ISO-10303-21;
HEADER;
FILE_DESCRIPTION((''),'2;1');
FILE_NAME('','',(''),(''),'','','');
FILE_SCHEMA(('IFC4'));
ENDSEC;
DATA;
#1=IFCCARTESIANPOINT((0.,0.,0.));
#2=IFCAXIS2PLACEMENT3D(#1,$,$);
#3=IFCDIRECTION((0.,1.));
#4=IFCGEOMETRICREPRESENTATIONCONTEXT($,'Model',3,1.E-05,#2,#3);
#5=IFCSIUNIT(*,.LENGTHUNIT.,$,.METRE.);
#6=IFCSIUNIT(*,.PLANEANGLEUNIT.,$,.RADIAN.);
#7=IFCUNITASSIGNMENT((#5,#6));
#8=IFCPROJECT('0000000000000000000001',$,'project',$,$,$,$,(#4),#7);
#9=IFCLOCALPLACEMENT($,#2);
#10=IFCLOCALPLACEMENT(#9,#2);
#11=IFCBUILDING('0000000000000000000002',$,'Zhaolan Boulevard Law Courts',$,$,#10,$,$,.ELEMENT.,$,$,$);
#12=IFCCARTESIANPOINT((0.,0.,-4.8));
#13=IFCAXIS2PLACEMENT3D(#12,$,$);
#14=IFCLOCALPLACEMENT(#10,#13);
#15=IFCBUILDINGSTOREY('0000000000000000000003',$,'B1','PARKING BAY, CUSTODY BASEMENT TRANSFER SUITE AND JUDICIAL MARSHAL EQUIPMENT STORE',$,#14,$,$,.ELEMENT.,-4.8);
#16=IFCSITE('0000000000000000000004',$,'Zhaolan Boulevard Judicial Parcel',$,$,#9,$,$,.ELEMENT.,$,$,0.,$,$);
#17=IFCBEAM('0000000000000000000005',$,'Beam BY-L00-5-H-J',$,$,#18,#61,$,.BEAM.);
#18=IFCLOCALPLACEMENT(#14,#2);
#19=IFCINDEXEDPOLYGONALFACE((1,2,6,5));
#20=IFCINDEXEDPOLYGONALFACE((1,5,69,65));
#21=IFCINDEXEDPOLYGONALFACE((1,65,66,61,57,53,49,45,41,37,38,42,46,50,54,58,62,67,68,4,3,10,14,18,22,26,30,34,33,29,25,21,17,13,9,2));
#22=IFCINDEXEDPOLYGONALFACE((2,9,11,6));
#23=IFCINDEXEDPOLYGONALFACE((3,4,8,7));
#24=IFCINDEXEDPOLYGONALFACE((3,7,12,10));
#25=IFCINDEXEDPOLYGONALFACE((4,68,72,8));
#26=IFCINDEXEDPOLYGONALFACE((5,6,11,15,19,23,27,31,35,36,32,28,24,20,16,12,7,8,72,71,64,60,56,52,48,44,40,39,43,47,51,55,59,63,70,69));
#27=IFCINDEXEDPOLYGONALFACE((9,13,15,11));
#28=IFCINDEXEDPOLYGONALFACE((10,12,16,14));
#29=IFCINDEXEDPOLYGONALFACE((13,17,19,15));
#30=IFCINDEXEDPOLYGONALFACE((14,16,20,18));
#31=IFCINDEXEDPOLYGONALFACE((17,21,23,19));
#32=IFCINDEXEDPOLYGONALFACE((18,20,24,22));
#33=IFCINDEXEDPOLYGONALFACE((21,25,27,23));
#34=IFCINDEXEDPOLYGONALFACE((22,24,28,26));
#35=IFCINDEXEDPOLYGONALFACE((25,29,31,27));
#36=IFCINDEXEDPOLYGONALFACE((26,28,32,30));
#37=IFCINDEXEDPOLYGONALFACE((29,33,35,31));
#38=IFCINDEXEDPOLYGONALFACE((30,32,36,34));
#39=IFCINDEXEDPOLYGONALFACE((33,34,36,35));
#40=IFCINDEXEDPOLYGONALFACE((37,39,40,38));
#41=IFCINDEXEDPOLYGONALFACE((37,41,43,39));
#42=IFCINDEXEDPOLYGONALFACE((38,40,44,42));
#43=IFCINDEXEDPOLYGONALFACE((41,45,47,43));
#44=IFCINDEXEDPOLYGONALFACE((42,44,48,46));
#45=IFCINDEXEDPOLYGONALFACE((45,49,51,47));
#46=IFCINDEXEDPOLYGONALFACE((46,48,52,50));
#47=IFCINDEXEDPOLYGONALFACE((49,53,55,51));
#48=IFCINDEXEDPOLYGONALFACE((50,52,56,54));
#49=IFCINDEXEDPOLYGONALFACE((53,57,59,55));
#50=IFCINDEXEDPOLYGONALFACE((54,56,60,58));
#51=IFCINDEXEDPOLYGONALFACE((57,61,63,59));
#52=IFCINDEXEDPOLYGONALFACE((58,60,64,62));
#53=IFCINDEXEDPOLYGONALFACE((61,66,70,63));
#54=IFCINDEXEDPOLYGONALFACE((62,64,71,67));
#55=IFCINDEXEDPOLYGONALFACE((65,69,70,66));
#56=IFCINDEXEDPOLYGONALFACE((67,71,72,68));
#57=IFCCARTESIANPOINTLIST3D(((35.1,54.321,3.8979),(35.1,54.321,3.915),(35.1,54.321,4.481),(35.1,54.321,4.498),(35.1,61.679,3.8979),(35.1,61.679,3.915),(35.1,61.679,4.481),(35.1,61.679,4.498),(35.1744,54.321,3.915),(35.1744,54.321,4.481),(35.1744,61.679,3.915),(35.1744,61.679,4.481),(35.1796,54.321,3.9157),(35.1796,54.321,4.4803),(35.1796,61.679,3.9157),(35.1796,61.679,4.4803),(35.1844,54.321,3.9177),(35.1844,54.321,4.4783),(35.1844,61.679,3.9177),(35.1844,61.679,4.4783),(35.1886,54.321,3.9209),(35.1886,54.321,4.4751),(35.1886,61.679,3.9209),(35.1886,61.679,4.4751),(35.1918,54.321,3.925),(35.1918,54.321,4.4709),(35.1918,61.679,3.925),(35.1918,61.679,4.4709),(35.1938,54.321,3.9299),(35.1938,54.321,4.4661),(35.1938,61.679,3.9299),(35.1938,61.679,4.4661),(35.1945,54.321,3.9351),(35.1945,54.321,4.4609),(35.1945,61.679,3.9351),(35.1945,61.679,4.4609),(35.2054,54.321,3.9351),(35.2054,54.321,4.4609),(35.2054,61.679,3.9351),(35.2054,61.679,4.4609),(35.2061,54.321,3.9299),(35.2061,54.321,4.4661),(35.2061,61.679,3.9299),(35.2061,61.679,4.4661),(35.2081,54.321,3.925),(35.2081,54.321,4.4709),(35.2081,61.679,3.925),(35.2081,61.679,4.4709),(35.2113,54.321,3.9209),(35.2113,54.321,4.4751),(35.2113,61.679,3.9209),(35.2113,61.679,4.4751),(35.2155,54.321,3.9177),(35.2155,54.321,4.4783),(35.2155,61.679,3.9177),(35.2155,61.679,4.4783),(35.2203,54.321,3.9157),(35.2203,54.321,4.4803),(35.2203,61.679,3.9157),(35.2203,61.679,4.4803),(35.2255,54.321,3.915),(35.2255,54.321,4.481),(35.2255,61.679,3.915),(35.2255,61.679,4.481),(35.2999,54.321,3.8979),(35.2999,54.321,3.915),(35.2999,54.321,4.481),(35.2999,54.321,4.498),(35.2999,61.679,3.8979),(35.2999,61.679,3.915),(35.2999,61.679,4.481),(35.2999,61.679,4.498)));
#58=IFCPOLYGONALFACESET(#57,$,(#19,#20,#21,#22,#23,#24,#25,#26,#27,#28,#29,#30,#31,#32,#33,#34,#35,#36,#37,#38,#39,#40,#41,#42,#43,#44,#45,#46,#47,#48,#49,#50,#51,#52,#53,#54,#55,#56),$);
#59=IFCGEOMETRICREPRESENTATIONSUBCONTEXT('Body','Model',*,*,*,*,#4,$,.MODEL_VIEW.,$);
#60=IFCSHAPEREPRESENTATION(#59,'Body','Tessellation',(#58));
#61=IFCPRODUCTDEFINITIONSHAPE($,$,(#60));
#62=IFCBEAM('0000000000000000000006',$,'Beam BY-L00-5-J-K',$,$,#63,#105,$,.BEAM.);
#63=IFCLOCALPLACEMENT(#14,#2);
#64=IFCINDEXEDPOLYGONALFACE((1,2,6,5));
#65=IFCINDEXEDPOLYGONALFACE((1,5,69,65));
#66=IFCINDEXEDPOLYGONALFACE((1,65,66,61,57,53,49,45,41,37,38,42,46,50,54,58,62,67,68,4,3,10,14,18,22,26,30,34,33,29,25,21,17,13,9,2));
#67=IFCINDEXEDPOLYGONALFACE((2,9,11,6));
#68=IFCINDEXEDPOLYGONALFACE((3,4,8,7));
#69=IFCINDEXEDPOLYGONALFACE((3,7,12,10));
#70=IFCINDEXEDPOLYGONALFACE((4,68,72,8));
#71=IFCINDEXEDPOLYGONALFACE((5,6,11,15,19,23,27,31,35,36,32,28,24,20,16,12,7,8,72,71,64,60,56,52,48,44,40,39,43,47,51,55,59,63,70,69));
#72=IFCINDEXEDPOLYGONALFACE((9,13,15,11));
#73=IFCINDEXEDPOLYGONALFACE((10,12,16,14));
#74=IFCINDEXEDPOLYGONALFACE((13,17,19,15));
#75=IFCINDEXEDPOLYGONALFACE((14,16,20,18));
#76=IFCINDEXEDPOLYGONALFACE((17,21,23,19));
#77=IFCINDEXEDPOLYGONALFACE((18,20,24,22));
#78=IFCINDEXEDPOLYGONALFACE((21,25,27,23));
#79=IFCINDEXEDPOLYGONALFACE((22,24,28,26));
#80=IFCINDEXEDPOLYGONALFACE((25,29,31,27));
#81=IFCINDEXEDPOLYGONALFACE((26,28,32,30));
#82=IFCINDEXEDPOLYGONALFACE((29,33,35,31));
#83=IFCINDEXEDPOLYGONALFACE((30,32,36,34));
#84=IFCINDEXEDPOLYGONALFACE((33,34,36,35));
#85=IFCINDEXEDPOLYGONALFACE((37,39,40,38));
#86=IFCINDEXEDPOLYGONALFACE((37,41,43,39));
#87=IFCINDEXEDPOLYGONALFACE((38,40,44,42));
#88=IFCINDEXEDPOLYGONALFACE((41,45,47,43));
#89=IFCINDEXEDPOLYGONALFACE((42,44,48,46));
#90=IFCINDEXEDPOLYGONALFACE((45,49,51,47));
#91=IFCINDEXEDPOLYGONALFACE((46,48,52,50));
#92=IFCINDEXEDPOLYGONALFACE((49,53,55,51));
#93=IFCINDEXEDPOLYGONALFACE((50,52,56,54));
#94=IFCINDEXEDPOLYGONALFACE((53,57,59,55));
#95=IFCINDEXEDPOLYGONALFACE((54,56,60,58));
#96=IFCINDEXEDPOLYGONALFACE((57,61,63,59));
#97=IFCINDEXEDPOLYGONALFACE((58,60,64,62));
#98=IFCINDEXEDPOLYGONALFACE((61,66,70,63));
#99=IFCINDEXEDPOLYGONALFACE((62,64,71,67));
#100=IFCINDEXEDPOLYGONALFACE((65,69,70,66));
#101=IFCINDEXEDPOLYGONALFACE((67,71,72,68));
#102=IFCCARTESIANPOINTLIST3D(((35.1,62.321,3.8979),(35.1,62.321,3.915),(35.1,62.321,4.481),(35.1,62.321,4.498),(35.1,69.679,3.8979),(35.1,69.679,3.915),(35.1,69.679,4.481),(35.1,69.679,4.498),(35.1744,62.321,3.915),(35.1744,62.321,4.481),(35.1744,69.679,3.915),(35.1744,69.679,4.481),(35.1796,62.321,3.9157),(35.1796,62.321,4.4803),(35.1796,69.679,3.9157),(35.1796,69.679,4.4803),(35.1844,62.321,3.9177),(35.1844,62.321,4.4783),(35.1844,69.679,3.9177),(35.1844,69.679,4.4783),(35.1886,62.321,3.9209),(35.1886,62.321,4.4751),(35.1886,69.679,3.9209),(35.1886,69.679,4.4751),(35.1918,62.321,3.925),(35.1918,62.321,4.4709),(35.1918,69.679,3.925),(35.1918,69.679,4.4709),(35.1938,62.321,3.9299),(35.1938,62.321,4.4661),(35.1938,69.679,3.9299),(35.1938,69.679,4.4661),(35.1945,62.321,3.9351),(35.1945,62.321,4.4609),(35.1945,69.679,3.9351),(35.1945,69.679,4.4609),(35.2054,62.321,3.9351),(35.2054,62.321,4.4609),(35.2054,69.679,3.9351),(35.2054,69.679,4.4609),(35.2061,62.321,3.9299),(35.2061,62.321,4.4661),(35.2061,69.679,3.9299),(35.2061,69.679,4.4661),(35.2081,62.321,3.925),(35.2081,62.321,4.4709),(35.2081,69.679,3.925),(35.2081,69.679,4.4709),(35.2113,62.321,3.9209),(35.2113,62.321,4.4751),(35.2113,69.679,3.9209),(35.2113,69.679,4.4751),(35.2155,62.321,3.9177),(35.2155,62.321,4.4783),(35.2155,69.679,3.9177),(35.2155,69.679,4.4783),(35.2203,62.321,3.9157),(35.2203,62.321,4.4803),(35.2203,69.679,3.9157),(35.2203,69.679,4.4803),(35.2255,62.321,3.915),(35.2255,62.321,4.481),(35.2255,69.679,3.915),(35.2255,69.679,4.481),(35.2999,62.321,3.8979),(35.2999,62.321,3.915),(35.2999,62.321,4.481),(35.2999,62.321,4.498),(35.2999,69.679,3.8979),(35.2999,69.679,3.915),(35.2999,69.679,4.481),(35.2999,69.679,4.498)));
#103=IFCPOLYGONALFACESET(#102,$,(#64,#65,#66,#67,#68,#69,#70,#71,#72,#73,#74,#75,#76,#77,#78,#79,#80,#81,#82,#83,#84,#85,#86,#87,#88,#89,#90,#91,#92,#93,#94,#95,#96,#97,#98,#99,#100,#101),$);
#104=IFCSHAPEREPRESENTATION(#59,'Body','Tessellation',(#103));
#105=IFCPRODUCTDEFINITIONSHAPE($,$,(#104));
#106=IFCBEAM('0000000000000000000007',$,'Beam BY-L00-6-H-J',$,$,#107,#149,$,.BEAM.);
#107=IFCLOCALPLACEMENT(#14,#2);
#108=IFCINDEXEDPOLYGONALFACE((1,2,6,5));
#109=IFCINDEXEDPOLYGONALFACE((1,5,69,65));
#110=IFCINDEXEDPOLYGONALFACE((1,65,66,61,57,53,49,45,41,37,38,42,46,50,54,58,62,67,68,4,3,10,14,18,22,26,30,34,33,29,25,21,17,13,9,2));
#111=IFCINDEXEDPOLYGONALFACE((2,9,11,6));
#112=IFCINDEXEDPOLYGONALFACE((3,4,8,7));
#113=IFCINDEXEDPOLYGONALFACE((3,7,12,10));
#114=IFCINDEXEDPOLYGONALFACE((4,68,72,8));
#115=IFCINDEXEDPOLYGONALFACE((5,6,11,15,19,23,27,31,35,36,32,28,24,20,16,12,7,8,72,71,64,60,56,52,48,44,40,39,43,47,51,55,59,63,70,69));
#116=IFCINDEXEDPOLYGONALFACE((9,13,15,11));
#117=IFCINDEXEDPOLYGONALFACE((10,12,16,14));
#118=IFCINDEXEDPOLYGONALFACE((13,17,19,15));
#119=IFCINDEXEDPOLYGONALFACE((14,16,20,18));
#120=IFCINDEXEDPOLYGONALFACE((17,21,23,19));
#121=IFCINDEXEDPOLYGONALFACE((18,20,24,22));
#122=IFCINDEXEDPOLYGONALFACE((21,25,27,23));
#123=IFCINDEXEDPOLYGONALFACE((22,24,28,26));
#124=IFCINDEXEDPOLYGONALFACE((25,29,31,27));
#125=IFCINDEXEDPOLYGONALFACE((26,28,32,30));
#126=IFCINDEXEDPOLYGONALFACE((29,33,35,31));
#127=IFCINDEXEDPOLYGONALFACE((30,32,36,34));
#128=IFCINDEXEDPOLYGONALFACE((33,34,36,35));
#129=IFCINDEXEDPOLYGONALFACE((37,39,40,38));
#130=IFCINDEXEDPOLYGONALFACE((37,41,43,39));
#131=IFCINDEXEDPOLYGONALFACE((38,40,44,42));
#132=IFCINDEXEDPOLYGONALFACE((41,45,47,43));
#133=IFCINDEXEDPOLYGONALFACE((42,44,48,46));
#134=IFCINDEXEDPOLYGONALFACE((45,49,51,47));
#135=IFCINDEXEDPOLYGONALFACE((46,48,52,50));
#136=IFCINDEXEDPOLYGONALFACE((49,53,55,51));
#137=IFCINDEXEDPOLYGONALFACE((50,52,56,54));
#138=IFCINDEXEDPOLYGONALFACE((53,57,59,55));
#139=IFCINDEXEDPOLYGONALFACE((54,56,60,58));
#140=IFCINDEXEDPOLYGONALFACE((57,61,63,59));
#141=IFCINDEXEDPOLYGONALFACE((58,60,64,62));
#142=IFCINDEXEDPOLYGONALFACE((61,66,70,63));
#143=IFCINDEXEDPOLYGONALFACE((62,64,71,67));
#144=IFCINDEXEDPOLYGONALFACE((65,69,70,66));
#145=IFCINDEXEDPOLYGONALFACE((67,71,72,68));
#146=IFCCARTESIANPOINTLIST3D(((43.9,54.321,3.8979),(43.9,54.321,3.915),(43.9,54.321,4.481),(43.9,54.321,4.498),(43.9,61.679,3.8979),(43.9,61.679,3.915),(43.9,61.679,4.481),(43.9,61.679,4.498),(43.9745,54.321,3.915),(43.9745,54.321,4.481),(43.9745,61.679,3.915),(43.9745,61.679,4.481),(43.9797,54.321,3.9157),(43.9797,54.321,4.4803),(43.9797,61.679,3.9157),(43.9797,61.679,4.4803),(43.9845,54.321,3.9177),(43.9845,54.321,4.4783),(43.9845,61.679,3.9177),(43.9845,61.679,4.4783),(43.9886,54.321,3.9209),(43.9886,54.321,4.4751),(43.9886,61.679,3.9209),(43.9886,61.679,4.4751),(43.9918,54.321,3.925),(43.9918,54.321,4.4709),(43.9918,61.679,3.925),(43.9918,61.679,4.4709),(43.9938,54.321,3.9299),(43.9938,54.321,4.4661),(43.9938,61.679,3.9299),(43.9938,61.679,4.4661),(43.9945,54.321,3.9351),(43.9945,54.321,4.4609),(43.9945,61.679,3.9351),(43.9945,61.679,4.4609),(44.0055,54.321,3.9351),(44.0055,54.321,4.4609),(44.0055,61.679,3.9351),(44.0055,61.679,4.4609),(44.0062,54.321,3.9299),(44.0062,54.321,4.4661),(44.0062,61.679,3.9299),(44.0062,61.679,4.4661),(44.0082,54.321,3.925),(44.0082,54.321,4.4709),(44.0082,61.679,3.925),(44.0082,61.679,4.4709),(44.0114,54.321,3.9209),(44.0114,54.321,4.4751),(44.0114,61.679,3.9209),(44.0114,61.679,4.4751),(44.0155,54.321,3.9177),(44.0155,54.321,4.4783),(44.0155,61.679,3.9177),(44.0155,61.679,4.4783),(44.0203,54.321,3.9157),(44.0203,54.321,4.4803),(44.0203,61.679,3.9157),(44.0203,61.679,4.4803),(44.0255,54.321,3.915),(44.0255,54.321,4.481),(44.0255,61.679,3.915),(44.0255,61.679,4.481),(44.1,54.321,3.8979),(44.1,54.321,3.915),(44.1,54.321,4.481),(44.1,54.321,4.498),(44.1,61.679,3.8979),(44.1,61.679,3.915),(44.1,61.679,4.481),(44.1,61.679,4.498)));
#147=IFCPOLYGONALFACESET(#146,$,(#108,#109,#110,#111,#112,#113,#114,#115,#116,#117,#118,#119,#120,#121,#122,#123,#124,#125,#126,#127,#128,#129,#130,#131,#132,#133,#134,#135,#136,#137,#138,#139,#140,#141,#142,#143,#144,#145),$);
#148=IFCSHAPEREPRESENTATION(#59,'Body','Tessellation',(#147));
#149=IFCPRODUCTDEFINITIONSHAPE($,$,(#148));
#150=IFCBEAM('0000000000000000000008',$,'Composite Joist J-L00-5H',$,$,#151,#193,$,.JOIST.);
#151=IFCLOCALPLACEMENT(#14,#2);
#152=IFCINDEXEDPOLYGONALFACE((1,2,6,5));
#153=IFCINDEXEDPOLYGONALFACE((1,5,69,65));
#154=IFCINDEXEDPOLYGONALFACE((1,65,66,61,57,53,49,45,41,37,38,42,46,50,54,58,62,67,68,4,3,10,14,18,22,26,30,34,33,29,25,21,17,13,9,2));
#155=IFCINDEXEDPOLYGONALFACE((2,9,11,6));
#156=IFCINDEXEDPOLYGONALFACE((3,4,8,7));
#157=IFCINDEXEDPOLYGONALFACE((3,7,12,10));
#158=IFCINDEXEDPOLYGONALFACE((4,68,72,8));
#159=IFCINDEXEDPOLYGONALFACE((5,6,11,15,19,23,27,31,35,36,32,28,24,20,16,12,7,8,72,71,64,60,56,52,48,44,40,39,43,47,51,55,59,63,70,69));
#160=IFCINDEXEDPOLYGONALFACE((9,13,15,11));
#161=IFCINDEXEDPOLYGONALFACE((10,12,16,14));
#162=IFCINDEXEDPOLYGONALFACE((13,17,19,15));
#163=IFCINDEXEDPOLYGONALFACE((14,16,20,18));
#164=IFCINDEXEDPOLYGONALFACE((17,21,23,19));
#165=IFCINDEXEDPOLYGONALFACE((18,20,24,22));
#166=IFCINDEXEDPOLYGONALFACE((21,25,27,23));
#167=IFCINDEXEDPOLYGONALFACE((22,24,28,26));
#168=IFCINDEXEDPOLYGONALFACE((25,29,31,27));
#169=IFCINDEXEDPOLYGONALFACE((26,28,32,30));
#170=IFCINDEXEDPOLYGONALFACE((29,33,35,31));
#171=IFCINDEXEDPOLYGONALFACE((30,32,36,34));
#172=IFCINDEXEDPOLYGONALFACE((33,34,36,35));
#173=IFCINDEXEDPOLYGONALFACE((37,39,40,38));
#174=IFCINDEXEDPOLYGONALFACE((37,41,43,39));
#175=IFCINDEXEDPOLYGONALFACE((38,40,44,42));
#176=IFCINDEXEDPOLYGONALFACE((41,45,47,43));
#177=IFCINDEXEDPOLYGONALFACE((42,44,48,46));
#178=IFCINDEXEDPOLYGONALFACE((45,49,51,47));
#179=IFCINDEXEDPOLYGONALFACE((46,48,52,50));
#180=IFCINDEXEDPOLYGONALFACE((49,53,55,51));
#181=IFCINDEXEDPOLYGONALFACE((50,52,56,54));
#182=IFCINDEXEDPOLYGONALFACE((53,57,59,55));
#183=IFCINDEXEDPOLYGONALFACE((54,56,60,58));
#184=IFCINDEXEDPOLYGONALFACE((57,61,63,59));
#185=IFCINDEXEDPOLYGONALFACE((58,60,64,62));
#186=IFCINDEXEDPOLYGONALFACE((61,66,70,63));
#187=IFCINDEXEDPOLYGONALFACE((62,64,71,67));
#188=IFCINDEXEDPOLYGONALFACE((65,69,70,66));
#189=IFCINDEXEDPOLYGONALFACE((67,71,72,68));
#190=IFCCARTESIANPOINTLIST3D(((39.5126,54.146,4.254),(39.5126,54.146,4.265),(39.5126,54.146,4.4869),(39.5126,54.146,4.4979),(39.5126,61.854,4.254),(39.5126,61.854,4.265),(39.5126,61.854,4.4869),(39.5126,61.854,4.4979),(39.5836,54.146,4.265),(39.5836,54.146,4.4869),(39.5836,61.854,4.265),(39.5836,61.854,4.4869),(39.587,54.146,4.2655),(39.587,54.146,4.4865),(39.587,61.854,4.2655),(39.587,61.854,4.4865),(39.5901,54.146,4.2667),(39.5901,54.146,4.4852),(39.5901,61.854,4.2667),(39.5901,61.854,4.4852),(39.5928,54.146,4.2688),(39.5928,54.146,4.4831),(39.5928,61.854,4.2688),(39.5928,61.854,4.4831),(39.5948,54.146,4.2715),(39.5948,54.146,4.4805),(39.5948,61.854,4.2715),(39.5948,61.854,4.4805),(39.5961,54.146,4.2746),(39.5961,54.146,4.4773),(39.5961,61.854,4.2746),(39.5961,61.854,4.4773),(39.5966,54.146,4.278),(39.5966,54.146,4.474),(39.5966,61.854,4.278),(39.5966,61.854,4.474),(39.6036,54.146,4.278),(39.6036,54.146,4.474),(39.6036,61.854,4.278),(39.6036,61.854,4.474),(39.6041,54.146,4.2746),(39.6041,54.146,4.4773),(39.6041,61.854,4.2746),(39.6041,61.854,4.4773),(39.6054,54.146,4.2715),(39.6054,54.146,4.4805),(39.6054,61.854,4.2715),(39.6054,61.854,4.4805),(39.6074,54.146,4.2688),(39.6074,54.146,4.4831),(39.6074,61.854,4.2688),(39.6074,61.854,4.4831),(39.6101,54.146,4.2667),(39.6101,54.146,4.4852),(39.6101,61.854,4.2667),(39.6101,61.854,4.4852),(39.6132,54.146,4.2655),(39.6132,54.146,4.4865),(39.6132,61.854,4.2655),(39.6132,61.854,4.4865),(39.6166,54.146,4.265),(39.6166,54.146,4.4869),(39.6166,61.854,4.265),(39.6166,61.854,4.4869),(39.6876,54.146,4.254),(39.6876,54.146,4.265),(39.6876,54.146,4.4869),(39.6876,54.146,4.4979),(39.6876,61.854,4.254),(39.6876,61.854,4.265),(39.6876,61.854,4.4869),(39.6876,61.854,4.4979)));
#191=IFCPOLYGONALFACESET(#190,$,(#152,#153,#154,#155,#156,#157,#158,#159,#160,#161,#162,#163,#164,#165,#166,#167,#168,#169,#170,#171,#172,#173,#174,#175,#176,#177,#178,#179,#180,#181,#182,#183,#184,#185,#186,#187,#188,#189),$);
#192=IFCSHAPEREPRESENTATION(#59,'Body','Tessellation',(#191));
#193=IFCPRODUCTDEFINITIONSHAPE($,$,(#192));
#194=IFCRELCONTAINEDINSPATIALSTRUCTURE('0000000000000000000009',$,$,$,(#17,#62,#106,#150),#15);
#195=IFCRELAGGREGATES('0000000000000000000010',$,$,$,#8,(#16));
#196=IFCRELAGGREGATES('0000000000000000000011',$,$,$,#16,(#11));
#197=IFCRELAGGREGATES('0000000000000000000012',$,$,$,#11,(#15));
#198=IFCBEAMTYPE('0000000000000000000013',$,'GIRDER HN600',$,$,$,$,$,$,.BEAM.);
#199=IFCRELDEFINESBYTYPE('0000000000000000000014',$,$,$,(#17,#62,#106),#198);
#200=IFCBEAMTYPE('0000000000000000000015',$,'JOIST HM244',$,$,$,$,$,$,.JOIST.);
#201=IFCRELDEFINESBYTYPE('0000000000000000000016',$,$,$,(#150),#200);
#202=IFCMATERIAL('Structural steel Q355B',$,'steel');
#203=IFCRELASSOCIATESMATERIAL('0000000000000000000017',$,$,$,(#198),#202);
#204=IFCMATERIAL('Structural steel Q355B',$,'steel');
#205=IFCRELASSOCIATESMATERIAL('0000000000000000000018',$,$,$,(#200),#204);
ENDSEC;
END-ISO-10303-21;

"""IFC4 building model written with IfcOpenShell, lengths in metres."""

from ifc_helpers import new_model, si_unit, direction, frame, origin, origin_2d, place, context, subcontext, project, spatial, i_section, extrude, material, material_profile, profile_set, type_object, element, save


model = new_model("IFC4")

# Units and contexts
model_context = context("Model", 3, precision=1e-05, world=origin(), true_north=direction((0.0, 1.0)))
body_context = subcontext(model_context, "Body", "Model", "MODEL_VIEW")
ifc_project = project(units=[si_unit("LENGTHUNIT", "METRE"), si_unit("PLANEANGLEUNIT", "RADIAN")], contexts=[model_context])

# Site, building, storey
site_placement = place(None, origin())
site = spatial("IfcSite", under=ifc_project, at=site_placement, Name="Zhaolan Boulevard Judicial Parcel", CompositionType="ELEMENT", RefElevation=0.0)
building_placement = place(site_placement, origin())
building = spatial("IfcBuilding", under=site, at=building_placement, Name="Zhaolan Boulevard Law Courts", CompositionType="ELEMENT")
storey_placement = place(building_placement, frame((0.0, 0.0, -4.8)))
storey = spatial("IfcBuildingStorey", under=building, at=storey_placement, Name="B1", Description="PARKING BAY, CUSTODY BASEMENT TRANSFER SUITE AND JUDICIAL MARSHAL EQUIPMENT STORE", CompositionType="ELEMENT", Elevation=-4.8)

# Beams
ifc_material_1 = material(Name="Structural steel Q355B", Category="steel")
ifc_material_profile_1 = material_profile(ifc_material_1, i_section(OverallWidth=0.2, OverallDepth=0.6001, WebThickness=0.011, FlangeThickness=0.0171, FilletRadius=0.02, at=origin_2d()), Name="HN600x200")
ifc_profile_set_1 = profile_set([ifc_material_profile_1], Name="Structural steel Q355B")
beam_type_1 = type_object("IfcBeamType", Name="GIRDER HN600", PredefinedType="BEAM", material=ifc_profile_set_1)
for number, where, z_axis, x_axis, name in (
    (1, (35.2, 54.321, 4.198), (0.0, 1.0, 0.0), (-1.0, 0.0, 0.0), "Beam BY-L00-5-H-J"),
    (2, (35.2, 62.321, 4.198), (0.0, 1.0, 0.0), (-1.0, 0.0, 0.0), "Beam BY-L00-5-J-K"),
    (3, (44.0, 54.321, 4.198), (0.0, 1.0, 0.0), (-1.0, 0.0, 0.0), "Beam BY-L00-6-H-J"),
):
    element("IfcBeam", number, at=place(storey_placement, frame(where, z_axis=z_axis, x_axis=x_axis)), inside=storey, type_object=beam_type_1, Name=name, PredefinedType="BEAM", context=body_context, shape_type="SweptSolid", body=[
        extrude(i_section(OverallWidth=0.2, OverallDepth=0.6001, WebThickness=0.011, FlangeThickness=0.0171, FilletRadius=0.02, at=origin_2d()), origin(), (0.0, 0.0, 1.0), 7.3579),
    ])
ifc_material_2 = material(Name="Structural steel Q355B", Category="steel")
ifc_material_profile_2 = material_profile(ifc_material_2, i_section(OverallWidth=0.175, OverallDepth=0.2439, WebThickness=0.0071, FlangeThickness=0.011, FilletRadius=0.0129, at=origin_2d()), Name="HM244x175")
ifc_profile_set_2 = profile_set([ifc_material_profile_2], Name="Structural steel Q355B")
beam_type_2 = type_object("IfcBeamType", Name="JOIST HM244", PredefinedType="JOIST", material=ifc_profile_set_2)
beam_1_placement = place(storey_placement, frame((39.6001, 54.146, 4.376), z_axis=(0.0, 1.0, 0.0), x_axis=(-1.0, 0.0, 0.0)))
element("IfcBeam", 4, at=beam_1_placement, inside=storey, type_object=beam_type_2, Name="Composite Joist J-L00-5H", PredefinedType="JOIST", context=body_context, shape_type="SweptSolid", body=[
    extrude(i_section(OverallWidth=0.175, OverallDepth=0.2439, WebThickness=0.0071, FlangeThickness=0.011, FilletRadius=0.0129, at=origin_2d()), origin(), (0.0, 0.0, 1.0), 7.708),
])

save(model, "model.ifc")
